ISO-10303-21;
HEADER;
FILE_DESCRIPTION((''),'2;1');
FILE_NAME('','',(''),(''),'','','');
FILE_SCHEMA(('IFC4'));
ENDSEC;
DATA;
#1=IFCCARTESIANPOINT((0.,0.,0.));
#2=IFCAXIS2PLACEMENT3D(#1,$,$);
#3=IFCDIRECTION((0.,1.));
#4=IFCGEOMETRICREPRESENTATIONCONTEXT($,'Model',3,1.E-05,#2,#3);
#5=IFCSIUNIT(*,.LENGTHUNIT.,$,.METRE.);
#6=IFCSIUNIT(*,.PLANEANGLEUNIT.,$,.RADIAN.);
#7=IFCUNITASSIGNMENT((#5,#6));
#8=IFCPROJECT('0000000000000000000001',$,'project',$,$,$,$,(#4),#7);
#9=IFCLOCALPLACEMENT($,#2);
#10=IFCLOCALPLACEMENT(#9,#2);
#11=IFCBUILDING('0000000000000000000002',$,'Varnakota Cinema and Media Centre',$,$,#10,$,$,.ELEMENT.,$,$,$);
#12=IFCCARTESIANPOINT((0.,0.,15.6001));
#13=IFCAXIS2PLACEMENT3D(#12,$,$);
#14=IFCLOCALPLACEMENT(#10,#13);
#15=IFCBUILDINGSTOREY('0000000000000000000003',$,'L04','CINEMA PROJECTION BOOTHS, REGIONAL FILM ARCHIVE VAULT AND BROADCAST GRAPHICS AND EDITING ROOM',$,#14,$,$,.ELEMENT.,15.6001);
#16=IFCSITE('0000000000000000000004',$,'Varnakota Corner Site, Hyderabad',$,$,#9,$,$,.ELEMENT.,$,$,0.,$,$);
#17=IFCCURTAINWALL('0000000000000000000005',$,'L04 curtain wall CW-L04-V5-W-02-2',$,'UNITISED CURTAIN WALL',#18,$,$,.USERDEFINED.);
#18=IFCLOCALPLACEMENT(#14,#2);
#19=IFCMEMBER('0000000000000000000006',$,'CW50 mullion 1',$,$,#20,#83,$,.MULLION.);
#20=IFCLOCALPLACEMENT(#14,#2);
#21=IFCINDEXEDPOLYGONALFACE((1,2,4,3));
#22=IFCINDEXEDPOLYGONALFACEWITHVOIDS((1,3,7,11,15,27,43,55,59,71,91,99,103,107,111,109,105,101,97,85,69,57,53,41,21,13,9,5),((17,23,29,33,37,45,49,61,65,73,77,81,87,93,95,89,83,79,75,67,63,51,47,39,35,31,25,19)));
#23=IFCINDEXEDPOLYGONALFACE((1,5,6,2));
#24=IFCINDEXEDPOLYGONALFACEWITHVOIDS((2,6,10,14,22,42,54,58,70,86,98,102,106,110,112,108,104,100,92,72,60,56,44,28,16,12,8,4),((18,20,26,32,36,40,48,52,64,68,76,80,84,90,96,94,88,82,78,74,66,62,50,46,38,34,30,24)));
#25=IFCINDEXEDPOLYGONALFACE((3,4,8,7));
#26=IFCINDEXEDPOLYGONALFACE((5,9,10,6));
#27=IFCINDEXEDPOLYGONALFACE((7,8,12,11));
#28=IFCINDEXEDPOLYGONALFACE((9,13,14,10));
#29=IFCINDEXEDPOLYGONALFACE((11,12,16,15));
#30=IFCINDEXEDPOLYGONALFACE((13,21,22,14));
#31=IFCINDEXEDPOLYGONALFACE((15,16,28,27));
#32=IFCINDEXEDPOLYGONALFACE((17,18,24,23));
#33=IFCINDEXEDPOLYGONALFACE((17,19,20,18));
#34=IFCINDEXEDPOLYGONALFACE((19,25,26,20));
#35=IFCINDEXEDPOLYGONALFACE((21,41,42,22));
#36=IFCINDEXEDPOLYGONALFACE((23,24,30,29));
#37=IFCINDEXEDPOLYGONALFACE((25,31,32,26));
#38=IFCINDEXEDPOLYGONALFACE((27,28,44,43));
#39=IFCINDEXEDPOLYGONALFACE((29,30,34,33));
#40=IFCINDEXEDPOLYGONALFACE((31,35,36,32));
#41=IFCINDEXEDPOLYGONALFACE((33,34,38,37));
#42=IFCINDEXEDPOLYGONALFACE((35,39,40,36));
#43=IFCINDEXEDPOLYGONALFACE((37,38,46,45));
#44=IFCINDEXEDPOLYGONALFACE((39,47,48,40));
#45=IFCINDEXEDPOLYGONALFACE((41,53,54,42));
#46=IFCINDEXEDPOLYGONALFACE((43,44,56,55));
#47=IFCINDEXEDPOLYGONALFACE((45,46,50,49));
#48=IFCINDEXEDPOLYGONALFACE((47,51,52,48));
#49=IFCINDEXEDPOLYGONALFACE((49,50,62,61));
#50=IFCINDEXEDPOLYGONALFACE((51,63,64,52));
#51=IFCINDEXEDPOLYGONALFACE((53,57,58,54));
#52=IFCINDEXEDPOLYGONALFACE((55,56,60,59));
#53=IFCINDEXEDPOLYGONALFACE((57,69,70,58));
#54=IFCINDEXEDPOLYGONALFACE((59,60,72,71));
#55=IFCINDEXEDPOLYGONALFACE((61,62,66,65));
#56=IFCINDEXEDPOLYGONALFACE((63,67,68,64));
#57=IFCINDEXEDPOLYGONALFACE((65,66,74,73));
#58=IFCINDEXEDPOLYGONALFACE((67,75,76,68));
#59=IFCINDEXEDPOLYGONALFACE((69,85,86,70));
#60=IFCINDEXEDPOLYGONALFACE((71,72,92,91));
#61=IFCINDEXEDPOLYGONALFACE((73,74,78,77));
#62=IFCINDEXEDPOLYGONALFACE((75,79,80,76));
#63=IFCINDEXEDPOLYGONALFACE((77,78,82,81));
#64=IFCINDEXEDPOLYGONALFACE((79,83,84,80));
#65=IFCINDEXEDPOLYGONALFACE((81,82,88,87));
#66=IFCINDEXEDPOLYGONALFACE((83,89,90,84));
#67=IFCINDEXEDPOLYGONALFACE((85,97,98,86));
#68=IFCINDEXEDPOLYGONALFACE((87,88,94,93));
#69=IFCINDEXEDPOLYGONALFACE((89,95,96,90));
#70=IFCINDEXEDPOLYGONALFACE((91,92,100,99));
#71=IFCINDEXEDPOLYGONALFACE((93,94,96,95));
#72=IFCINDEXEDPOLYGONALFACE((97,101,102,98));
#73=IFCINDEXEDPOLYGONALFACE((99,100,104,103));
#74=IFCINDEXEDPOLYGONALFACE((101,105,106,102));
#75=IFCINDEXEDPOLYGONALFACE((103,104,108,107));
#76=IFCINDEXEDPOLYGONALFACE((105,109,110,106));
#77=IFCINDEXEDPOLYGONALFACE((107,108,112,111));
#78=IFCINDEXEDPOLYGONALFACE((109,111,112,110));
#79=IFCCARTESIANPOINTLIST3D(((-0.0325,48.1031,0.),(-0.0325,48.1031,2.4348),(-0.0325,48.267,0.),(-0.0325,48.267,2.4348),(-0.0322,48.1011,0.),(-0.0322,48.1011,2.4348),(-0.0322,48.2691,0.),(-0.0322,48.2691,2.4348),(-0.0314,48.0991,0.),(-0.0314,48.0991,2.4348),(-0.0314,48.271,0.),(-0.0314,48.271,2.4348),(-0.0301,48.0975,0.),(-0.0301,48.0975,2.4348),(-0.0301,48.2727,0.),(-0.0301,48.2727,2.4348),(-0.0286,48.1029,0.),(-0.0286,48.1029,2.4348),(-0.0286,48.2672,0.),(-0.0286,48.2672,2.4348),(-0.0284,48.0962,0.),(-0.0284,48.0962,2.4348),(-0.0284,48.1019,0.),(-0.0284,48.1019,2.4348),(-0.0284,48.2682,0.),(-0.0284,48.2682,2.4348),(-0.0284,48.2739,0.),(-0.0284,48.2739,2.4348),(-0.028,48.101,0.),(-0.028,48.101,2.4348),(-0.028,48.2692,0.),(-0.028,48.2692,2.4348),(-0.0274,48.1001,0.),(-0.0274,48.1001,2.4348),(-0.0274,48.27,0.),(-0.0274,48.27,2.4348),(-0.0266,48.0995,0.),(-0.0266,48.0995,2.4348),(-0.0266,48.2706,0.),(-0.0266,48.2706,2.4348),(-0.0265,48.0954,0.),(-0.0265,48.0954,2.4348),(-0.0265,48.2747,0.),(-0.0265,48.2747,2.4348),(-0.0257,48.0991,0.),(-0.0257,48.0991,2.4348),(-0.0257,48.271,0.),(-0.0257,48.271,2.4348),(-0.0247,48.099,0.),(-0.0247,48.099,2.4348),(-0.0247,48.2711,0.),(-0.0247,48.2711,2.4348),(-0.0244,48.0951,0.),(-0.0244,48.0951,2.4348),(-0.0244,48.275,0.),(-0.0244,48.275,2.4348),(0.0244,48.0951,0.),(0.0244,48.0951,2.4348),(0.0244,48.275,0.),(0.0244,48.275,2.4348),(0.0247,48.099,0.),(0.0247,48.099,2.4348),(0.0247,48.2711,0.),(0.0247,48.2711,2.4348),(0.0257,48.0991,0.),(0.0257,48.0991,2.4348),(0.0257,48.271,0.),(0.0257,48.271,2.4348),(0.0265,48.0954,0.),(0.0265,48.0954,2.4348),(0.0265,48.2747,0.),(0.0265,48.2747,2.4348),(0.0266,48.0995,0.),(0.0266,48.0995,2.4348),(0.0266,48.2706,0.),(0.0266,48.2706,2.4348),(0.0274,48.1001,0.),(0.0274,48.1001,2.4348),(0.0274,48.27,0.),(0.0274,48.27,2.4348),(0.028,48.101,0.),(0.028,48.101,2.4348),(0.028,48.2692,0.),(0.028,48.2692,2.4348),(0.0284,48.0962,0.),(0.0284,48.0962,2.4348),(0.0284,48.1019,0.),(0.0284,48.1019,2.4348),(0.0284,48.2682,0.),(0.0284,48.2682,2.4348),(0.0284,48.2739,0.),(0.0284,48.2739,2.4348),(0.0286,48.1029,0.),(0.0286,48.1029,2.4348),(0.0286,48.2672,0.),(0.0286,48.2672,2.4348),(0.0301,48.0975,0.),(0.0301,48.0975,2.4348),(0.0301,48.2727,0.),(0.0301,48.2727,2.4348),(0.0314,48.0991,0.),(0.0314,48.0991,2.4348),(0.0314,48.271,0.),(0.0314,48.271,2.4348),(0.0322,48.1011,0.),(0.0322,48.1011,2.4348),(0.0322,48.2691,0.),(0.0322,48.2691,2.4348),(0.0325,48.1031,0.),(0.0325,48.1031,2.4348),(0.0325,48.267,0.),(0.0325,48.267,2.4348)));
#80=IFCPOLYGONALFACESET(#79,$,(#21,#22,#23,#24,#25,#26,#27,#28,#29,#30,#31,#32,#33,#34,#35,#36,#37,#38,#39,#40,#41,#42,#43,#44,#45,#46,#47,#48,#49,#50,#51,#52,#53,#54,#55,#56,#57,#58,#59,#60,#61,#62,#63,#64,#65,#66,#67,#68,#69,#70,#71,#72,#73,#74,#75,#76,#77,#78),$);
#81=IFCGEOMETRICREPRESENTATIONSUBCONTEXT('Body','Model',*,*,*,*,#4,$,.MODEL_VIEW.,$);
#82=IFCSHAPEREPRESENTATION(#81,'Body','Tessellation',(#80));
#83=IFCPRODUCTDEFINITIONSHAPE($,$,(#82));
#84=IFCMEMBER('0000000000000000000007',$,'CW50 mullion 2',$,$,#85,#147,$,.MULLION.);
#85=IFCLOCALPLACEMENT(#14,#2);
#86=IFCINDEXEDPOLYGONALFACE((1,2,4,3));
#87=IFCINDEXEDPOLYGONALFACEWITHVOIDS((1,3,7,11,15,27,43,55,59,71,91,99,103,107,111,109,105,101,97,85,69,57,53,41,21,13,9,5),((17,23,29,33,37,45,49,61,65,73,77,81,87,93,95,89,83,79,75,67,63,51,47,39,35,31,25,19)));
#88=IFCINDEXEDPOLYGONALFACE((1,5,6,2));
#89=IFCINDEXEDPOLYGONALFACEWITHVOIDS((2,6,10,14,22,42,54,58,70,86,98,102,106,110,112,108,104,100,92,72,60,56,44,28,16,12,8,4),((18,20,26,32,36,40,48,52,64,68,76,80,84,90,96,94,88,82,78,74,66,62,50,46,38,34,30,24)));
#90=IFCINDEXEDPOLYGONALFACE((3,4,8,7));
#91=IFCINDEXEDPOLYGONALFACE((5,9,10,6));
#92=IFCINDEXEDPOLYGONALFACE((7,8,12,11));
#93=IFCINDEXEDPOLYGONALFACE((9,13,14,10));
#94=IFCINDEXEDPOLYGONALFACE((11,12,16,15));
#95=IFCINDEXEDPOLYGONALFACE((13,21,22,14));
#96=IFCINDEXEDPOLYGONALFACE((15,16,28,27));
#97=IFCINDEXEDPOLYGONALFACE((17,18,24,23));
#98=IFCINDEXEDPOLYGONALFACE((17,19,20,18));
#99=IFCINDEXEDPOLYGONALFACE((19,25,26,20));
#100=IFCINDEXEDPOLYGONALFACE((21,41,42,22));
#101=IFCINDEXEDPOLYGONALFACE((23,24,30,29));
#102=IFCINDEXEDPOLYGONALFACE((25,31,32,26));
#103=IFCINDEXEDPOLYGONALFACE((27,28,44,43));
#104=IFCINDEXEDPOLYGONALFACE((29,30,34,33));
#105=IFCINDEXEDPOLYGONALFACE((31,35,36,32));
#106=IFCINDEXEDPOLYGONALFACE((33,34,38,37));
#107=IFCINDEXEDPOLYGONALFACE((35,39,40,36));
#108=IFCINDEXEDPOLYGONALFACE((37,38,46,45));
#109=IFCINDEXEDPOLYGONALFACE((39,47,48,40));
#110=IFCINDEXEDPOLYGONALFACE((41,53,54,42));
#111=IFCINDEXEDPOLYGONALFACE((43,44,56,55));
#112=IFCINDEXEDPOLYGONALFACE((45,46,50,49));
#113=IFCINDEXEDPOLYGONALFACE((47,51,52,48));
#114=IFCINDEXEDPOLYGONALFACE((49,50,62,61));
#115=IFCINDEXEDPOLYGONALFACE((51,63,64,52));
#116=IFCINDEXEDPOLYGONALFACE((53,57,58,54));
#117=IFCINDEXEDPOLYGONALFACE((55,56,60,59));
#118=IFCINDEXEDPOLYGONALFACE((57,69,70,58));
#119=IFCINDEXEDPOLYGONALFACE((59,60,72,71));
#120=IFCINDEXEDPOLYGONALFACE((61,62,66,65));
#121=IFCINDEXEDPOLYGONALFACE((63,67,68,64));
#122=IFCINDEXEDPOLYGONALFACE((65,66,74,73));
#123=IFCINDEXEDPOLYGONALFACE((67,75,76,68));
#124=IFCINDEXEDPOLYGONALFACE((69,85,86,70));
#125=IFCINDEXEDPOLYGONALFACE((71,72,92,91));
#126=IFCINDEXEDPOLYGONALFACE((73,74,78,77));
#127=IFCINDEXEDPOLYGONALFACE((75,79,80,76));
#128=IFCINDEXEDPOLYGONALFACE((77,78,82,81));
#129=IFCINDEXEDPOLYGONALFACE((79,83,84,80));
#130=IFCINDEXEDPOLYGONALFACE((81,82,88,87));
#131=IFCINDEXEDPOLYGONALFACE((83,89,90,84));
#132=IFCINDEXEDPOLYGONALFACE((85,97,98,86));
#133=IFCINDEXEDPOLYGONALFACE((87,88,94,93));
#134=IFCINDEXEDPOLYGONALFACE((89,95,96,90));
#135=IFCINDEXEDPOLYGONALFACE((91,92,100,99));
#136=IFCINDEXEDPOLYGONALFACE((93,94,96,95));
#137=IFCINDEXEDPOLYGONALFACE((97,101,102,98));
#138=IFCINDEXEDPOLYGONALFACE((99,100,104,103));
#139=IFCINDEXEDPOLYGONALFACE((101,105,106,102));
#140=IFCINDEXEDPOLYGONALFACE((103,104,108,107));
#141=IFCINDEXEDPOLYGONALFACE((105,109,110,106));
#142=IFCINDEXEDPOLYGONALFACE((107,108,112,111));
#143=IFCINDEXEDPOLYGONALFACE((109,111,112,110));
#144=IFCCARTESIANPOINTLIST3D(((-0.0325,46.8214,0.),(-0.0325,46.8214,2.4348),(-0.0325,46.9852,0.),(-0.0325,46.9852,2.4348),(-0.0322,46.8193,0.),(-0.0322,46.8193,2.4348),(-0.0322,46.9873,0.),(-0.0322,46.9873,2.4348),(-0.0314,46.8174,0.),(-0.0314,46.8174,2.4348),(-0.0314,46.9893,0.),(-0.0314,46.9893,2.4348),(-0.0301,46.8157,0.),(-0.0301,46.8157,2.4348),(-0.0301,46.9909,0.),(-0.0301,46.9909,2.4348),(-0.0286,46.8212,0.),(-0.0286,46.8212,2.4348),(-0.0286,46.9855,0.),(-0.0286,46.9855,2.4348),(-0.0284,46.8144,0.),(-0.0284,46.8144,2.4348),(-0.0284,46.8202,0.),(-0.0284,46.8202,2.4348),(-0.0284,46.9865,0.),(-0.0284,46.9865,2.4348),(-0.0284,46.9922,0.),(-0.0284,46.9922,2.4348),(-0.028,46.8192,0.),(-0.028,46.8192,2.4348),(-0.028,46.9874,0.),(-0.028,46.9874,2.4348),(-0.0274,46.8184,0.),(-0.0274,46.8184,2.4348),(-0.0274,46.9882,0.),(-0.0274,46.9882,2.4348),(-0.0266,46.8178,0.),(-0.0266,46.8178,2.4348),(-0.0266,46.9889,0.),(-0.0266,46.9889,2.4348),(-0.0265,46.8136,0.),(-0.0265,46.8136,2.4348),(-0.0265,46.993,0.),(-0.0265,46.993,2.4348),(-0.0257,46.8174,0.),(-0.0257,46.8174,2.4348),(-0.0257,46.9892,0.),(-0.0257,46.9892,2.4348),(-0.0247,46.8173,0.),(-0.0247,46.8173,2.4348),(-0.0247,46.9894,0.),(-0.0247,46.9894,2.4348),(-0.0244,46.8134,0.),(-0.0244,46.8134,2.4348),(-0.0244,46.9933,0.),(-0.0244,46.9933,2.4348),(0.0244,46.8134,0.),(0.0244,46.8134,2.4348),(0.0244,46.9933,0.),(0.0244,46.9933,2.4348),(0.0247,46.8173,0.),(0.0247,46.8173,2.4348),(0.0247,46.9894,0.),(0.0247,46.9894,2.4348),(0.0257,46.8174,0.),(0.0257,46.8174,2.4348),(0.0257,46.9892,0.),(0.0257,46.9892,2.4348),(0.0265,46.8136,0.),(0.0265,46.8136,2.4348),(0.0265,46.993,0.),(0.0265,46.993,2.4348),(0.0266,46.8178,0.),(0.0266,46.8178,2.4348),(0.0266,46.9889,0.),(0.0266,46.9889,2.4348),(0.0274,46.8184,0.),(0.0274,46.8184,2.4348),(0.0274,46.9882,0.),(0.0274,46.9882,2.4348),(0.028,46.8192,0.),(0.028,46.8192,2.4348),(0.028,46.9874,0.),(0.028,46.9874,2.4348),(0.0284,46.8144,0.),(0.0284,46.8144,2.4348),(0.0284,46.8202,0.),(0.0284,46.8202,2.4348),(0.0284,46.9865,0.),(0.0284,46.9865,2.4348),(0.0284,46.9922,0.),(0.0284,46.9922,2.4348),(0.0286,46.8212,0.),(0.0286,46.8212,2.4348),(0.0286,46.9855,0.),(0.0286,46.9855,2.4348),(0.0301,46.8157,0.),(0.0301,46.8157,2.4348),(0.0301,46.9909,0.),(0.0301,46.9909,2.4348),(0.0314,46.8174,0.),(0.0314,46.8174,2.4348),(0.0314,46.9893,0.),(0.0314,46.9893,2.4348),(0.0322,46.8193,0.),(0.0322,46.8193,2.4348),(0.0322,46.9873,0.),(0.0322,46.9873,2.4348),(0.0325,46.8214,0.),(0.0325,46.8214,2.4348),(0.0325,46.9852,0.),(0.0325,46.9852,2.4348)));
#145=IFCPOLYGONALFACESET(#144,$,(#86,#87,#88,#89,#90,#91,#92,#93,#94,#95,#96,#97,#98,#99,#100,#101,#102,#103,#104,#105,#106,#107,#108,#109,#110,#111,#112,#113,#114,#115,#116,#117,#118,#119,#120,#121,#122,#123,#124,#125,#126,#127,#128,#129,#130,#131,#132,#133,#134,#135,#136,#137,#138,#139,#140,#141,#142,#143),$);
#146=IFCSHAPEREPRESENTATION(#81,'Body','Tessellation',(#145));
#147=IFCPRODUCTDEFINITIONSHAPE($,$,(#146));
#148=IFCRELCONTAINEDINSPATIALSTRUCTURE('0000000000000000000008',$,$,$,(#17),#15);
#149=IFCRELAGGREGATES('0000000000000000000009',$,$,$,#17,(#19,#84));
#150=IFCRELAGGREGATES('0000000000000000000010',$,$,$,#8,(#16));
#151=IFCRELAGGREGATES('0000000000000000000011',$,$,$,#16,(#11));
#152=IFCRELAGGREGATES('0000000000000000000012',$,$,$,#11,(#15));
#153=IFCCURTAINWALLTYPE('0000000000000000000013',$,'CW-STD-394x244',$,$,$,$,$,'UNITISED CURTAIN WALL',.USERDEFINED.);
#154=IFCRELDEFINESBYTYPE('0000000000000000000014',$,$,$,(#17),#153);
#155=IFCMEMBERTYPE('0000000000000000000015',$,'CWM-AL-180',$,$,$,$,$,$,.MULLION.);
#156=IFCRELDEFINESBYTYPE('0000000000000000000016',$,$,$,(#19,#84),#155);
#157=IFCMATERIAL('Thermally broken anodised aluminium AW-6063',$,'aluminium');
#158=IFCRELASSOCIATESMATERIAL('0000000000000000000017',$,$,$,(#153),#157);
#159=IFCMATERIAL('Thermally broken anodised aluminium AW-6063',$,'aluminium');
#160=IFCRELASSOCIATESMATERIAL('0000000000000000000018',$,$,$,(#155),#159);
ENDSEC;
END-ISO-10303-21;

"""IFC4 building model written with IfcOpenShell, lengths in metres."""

from ifc_helpers import new_model, si_unit, direction, frame, origin, origin_2d, place, context, subcontext, project, spatial, hollow_rectangle, extrude, material, material_profile, profile_set, type_object, element, aggregate, save


model = new_model("IFC4")

# Units and contexts
model_context = context("Model", 3, precision=1e-05, world=origin(), true_north=direction((0.0, 1.0)))
body_context = subcontext(model_context, "Body", "Model", "MODEL_VIEW")
ifc_project = project(units=[si_unit("LENGTHUNIT", "METRE"), si_unit("PLANEANGLEUNIT", "RADIAN")], contexts=[model_context])

# Site, building, storey
site_placement = place(None, origin())
site = spatial("IfcSite", under=ifc_project, at=site_placement, Name="Varnakota Corner Site, Hyderabad", CompositionType="ELEMENT", RefElevation=0.0)
building_placement = place(site_placement, origin())
building = spatial("IfcBuilding", under=site, at=building_placement, Name="Varnakota Cinema and Media Centre", CompositionType="ELEMENT")
storey_placement = place(building_placement, frame((0.0, 0.0, 15.6001)))
storey = spatial("IfcBuildingStorey", under=building, at=storey_placement, Name="L04", Description="CINEMA PROJECTION BOOTHS, REGIONAL FILM ARCHIVE VAULT AND BROADCAST GRAPHICS AND EDITING ROOM", CompositionType="ELEMENT", Elevation=15.6001)

# Curtain wall, members
ifc_material_1 = material(Name="Thermally broken anodised aluminium AW-6063", Category="aluminium")
curtain_wall_type = type_object("IfcCurtainWallType", Name="CW-STD-394x244", ElementType="UNITISED CURTAIN WALL", PredefinedType="USERDEFINED", material=ifc_material_1)
ifc_material_2 = material(Name="Thermally broken anodised aluminium AW-6063", Category="aluminium")
ifc_material_profile_1 = material_profile(ifc_material_2, hollow_rectangle(XDim=0.0649, YDim=0.1799, WallThickness=0.0039, InnerFilletRadius=0.0039, OuterFilletRadius=0.0081, at=origin_2d()), Name="AL-MULLION 180x65x4")
ifc_profile_set_1 = profile_set([ifc_material_profile_1], Name="Thermally broken anodised aluminium AW-6063")
member_type_1 = type_object("IfcMemberType", Name="CWM-AL-180", PredefinedType="MULLION", material=ifc_profile_set_1)
curtain_wall_1_placement = place(storey_placement, origin())
curtain_wall_1 = element("IfcCurtainWall", 1, at=curtain_wall_1_placement, inside=storey, type_object=curtain_wall_type, Name="L04 curtain wall CW-L04-V5-W-02-2", ObjectType="UNITISED CURTAIN WALL", PredefinedType="USERDEFINED")
member_1_placement = place(storey_placement, frame((0.0, 48.1851, 0.0), z_axis=(0.0, 0.0, 1.0), x_axis=(1.0, 0.0, 0.0)))
member_1 = element("IfcMember", 2, at=member_1_placement, type_object=member_type_1, Name="CW50 mullion 1", PredefinedType="MULLION", context=body_context, shape_type="SweptSolid", body=[
    extrude(hollow_rectangle(XDim=0.0649, YDim=0.1799, WallThickness=0.0039, InnerFilletRadius=0.0039, OuterFilletRadius=0.0081, at=origin_2d()), origin(), (0.0, 0.0, 1.0), 2.4348),
])
member_2_placement = place(storey_placement, frame((0.0, 46.9033, 0.0), z_axis=(0.0, 0.0, 1.0), x_axis=(1.0, 0.0, 0.0)))
member_2 = element("IfcMember", 3, at=member_2_placement, type_object=member_type_1, Name="CW50 mullion 2", PredefinedType="MULLION", context=body_context, shape_type="SweptSolid", body=[
    extrude(hollow_rectangle(XDim=0.0649, YDim=0.1799, WallThickness=0.0039, InnerFilletRadius=0.0039, OuterFilletRadius=0.0081, at=origin_2d()), origin(), (0.0, 0.0, 1.0), 2.4348),
])

aggregate(curtain_wall_1, [member_1, member_2])

save(model, "model.ifc")
